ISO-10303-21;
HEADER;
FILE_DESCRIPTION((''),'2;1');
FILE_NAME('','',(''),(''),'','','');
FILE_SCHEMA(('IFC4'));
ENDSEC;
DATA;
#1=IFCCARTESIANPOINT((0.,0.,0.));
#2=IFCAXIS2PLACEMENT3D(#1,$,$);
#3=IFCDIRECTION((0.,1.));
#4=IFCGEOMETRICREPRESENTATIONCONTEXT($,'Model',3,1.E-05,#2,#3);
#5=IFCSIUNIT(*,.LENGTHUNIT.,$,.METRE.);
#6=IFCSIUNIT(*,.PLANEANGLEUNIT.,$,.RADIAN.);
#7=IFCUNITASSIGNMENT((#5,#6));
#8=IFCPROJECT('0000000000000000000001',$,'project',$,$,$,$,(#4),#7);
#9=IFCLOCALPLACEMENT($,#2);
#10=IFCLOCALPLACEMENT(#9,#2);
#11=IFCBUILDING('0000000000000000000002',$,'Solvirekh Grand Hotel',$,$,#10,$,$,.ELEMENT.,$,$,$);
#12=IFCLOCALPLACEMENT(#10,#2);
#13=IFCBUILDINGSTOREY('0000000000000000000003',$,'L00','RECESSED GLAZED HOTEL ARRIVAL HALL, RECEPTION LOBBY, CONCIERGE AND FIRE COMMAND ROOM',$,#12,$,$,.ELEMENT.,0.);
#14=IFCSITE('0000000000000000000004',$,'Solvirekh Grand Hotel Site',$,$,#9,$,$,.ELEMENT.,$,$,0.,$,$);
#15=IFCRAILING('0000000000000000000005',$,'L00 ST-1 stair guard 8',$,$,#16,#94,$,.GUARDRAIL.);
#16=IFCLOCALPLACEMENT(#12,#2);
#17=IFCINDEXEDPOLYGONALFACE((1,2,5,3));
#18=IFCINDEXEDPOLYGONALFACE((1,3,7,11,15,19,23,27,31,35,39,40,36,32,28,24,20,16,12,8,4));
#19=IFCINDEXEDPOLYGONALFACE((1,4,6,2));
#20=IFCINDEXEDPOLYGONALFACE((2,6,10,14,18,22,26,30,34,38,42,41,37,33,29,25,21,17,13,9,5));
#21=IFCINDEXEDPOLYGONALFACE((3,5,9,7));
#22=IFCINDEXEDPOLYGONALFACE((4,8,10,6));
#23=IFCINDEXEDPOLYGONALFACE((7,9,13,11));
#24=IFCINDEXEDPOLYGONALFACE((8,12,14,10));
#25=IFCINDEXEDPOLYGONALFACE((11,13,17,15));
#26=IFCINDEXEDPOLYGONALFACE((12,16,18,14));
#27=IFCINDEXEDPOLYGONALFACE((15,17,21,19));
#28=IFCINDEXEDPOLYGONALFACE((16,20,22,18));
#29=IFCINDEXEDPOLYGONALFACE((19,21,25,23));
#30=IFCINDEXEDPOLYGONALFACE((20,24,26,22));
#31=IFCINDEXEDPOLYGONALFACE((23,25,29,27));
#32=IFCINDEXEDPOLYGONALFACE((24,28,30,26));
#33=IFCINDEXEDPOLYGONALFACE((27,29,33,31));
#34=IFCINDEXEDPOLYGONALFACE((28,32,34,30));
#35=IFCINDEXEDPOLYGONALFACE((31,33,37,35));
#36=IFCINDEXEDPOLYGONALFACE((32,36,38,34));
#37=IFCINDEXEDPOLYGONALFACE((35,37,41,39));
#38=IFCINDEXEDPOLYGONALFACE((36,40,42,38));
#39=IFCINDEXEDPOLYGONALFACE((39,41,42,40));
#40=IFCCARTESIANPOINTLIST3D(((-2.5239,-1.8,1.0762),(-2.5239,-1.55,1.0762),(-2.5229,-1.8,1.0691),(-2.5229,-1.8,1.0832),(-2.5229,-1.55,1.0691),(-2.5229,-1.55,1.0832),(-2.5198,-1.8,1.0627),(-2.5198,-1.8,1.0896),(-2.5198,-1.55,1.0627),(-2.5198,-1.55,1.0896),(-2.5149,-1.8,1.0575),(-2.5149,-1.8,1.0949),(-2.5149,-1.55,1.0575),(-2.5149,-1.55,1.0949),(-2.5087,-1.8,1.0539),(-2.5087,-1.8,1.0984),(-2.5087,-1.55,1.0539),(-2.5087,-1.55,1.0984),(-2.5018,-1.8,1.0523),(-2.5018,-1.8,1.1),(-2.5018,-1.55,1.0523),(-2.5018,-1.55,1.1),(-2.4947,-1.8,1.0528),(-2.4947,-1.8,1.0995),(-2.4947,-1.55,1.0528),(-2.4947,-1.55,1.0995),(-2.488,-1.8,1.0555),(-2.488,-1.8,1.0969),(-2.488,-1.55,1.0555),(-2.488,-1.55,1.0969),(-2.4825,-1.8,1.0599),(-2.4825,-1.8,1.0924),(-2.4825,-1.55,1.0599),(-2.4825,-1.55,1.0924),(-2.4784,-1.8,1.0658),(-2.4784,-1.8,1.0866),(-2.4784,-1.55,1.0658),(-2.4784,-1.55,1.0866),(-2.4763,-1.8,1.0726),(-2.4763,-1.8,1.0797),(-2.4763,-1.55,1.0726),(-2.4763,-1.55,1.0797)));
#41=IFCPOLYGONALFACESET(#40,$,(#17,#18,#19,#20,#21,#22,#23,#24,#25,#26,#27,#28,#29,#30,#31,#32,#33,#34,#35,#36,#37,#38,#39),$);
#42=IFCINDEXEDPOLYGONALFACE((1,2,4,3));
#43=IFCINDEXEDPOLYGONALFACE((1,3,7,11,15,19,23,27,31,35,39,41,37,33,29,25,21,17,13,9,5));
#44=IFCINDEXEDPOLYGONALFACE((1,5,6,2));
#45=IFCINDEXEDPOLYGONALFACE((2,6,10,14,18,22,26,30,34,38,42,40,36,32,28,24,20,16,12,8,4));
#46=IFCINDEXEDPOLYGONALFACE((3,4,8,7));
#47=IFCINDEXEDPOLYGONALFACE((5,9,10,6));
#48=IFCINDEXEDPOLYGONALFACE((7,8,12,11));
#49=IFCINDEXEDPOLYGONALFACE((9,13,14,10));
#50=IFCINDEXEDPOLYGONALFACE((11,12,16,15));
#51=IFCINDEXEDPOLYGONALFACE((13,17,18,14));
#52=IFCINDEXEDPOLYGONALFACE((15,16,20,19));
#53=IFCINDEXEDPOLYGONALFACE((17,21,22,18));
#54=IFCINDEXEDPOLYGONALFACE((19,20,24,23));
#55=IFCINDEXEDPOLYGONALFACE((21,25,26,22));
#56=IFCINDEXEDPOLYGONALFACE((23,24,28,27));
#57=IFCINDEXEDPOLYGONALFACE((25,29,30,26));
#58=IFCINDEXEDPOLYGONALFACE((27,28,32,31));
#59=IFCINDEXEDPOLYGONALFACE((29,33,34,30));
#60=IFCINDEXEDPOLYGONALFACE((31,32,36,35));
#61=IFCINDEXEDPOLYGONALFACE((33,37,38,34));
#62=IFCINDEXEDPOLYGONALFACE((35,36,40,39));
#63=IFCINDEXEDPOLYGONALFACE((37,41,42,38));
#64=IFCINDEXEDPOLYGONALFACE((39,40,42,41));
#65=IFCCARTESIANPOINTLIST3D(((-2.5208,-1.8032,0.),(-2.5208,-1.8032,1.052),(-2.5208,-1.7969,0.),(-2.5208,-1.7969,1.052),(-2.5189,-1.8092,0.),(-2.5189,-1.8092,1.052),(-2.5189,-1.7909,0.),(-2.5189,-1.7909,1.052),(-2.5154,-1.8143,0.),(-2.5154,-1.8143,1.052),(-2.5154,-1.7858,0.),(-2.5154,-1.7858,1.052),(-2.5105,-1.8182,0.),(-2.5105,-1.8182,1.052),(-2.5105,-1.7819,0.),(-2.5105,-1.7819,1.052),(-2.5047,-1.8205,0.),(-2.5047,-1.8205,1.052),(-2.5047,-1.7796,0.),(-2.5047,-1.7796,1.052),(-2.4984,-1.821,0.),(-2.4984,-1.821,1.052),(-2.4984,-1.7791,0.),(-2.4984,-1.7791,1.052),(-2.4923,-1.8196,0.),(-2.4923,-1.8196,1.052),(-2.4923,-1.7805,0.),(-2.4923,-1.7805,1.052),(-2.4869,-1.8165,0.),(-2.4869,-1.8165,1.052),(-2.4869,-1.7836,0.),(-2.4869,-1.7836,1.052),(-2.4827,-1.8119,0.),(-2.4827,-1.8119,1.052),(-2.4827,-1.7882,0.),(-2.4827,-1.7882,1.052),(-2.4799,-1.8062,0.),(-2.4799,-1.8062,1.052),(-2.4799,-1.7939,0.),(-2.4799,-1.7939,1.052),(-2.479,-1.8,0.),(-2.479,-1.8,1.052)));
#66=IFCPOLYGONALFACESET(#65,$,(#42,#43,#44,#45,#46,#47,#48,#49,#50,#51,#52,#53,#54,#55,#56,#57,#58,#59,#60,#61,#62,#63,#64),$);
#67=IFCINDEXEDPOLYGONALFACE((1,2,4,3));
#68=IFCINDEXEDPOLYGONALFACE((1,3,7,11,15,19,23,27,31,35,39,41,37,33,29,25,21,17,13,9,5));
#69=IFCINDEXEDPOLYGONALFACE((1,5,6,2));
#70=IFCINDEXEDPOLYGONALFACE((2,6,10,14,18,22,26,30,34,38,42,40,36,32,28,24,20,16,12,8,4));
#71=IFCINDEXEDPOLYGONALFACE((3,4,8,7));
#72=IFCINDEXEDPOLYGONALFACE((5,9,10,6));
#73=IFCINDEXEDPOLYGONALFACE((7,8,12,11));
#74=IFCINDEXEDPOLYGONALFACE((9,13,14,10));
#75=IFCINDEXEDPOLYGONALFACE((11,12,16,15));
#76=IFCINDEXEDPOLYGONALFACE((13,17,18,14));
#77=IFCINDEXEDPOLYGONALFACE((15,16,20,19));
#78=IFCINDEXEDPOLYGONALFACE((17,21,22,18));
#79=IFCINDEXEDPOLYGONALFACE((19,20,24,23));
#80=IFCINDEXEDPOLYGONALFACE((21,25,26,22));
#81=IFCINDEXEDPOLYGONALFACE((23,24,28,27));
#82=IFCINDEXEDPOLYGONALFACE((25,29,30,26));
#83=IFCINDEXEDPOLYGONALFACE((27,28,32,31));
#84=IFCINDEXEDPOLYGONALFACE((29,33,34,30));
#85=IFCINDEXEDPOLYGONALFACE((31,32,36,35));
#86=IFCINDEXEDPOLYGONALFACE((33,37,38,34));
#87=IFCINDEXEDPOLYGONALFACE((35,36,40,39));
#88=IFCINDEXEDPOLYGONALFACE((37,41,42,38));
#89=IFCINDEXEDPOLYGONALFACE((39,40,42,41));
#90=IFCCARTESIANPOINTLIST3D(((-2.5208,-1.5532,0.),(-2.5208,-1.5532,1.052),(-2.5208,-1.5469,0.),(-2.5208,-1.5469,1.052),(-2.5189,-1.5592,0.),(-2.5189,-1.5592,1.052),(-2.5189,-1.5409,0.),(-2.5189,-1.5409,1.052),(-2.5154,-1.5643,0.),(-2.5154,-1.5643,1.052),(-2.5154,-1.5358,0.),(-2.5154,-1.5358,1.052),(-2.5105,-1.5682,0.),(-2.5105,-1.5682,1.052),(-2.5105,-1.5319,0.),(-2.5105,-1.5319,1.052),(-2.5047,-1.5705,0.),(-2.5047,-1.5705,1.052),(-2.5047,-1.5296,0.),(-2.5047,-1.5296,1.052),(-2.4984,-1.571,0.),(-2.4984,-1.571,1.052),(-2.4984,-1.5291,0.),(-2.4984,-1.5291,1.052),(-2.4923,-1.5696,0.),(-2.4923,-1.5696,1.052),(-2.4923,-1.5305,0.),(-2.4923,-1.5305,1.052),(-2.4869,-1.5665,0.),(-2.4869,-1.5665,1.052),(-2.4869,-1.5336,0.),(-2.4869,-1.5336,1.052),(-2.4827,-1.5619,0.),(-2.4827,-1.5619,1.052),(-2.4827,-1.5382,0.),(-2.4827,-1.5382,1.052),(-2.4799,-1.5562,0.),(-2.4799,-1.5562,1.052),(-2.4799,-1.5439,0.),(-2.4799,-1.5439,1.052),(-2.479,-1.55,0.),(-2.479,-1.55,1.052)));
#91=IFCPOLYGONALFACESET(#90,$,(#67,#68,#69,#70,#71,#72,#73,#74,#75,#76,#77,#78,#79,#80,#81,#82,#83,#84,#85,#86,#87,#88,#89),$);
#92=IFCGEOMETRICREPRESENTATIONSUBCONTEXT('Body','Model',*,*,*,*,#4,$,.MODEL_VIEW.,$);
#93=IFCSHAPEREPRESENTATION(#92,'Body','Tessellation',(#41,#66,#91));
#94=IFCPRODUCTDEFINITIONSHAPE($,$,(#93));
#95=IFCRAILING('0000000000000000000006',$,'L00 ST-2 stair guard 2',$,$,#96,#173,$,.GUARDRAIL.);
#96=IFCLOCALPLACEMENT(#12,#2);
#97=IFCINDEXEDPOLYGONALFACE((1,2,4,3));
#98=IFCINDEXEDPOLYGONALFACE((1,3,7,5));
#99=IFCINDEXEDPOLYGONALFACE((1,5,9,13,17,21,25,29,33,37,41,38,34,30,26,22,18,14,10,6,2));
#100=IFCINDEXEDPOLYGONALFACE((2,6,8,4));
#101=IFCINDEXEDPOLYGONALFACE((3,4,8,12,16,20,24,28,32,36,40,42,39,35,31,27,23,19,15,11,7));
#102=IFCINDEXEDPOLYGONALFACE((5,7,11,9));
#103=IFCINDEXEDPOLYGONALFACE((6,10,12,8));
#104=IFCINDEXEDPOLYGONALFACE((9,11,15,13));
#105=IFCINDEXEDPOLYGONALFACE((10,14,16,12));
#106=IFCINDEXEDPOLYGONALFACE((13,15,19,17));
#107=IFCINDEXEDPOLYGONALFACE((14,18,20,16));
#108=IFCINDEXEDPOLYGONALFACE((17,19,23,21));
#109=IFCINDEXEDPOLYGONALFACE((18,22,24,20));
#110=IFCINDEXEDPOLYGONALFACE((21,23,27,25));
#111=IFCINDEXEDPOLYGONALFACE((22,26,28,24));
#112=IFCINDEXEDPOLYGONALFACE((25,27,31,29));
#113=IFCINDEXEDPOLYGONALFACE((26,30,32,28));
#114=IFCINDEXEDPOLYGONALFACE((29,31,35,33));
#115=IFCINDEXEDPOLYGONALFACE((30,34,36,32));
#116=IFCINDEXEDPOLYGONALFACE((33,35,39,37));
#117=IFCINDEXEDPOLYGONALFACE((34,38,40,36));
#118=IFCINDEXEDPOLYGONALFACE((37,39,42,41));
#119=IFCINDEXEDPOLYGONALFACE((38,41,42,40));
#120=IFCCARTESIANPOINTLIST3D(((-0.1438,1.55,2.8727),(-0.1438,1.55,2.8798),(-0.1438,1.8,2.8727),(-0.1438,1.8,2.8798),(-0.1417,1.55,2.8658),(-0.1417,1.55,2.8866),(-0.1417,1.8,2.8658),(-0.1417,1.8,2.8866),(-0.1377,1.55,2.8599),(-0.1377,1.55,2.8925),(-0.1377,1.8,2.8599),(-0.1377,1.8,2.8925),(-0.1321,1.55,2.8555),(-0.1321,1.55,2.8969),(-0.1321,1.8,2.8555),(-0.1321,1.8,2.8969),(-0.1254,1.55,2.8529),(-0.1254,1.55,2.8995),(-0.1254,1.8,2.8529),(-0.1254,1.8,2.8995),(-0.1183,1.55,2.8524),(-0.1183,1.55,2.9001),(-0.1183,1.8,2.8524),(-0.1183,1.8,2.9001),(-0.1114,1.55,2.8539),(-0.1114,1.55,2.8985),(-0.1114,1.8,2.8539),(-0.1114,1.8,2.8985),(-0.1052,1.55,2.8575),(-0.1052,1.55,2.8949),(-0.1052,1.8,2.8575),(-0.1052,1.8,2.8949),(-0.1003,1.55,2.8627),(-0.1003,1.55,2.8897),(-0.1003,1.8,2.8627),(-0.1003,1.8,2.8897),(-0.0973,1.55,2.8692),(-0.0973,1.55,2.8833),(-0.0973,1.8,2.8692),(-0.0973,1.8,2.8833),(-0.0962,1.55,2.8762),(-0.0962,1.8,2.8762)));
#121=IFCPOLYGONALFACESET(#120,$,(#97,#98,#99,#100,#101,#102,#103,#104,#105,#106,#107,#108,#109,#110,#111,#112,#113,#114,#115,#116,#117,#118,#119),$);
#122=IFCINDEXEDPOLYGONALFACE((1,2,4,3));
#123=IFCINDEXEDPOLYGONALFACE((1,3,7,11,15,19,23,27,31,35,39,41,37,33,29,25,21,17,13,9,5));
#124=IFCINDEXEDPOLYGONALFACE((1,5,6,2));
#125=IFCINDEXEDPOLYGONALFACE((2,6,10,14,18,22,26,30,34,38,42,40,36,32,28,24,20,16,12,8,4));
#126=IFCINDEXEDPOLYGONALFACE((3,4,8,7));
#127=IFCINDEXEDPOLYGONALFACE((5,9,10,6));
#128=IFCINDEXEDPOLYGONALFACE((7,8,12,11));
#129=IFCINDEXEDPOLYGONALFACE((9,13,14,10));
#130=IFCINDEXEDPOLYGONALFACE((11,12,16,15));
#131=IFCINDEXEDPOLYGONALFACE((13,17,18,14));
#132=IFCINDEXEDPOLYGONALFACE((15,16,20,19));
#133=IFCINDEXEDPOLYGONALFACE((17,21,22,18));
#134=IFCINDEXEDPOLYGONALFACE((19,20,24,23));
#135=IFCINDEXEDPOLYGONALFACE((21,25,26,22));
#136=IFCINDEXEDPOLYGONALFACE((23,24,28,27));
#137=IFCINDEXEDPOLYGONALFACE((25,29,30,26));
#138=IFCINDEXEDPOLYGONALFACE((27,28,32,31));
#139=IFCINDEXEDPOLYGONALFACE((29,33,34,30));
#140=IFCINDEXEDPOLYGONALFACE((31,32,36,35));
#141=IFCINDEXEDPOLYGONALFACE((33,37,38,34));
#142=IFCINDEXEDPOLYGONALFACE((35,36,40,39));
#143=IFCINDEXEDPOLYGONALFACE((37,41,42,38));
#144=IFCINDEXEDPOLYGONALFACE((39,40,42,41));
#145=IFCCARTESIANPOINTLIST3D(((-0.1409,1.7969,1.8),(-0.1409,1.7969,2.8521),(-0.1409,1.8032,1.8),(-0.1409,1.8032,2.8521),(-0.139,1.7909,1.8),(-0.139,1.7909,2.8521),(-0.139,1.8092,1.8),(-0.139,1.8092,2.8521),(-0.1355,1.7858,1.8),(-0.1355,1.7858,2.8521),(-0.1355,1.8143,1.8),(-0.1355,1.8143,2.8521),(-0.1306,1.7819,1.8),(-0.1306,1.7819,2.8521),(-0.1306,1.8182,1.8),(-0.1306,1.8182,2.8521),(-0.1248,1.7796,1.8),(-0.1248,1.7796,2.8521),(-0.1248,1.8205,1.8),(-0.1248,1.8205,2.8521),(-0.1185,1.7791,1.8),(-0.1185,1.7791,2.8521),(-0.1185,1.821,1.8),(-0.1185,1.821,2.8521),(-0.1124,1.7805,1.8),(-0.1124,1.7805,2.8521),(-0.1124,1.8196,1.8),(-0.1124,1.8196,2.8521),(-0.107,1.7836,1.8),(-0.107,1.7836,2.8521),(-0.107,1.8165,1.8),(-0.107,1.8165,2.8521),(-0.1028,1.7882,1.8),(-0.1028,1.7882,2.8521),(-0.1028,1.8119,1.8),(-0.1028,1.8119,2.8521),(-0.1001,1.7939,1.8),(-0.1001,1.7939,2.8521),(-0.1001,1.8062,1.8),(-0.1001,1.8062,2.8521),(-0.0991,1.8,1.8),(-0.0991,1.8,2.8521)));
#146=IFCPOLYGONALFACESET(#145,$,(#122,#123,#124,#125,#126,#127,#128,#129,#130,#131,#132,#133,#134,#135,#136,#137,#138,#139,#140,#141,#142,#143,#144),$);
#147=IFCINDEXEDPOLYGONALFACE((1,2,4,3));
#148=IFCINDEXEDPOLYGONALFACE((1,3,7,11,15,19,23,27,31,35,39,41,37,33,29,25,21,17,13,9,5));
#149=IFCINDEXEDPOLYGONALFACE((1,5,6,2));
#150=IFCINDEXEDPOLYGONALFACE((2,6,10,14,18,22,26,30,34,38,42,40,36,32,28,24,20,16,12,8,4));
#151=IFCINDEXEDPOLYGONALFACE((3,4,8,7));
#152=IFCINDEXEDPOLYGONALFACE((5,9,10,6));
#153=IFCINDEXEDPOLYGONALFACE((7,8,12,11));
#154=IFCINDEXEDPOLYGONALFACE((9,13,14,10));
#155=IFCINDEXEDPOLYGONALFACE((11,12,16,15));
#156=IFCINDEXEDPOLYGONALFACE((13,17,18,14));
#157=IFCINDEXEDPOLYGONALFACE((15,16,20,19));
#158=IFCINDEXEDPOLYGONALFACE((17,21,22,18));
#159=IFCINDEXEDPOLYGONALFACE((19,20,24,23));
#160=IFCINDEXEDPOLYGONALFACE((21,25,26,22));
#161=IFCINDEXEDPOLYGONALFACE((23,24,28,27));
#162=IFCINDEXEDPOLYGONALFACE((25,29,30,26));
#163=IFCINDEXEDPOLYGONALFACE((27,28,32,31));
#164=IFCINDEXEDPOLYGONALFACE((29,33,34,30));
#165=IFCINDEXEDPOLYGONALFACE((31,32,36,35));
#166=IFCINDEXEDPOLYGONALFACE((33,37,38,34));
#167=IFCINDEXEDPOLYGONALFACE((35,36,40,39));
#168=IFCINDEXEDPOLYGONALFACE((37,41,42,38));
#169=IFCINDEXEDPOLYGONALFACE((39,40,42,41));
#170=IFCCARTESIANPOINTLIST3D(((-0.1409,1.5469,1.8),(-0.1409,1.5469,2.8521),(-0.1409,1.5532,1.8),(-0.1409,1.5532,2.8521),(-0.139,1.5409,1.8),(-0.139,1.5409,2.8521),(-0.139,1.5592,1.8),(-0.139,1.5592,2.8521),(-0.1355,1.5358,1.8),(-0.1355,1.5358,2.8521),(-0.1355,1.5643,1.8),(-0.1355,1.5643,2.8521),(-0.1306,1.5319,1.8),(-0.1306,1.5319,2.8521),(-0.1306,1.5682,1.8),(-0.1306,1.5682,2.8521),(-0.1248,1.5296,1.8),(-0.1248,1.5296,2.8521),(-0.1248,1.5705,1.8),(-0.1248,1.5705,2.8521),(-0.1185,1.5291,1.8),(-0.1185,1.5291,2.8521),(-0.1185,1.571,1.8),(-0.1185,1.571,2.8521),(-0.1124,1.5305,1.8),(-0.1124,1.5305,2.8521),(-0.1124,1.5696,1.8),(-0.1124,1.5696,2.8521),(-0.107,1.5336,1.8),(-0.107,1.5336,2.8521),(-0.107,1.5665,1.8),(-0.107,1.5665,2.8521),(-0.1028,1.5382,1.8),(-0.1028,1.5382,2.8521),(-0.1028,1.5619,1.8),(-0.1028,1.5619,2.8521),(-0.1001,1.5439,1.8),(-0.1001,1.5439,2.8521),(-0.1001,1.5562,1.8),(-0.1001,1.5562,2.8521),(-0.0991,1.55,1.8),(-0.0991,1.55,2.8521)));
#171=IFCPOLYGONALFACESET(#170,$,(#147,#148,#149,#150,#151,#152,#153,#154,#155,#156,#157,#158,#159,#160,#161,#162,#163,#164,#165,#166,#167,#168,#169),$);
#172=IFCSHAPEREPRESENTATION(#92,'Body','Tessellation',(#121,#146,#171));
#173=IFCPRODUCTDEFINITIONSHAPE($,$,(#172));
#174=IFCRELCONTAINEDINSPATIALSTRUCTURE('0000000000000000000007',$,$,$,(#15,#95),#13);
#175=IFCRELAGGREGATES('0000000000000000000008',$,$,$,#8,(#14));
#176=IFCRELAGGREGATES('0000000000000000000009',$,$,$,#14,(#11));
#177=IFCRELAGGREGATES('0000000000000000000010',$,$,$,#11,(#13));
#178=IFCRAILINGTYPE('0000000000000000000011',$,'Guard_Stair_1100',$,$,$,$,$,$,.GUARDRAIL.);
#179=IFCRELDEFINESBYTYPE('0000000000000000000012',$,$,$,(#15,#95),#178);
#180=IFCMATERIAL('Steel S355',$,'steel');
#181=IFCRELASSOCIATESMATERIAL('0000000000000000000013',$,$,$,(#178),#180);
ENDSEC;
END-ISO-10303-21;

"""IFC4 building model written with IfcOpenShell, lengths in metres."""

from ifc_helpers import new_model, si_unit, direction, frame, origin, origin_2d, place, context, subcontext, project, spatial, circle, extrude, material, type_object, element, save


model = new_model("IFC4")

# Units and contexts
model_context = context("Model", 3, precision=1e-05, world=origin(), true_north=direction((0.0, 1.0)))
body_context = subcontext(model_context, "Body", "Model", "MODEL_VIEW")
ifc_project = project(units=[si_unit("LENGTHUNIT", "METRE"), si_unit("PLANEANGLEUNIT", "RADIAN")], contexts=[model_context])

# Site, building, storey
site_placement = place(None, origin())
site = spatial("IfcSite", under=ifc_project, at=site_placement, Name="Solvirekh Grand Hotel Site", CompositionType="ELEMENT", RefElevation=0.0)
building_placement = place(site_placement, origin())
building = spatial("IfcBuilding", under=site, at=building_placement, Name="Solvirekh Grand Hotel", CompositionType="ELEMENT")
storey_placement = place(building_placement, origin())
storey = spatial("IfcBuildingStorey", under=building, at=storey_placement, Name="L00", Description="RECESSED GLAZED HOTEL ARRIVAL HALL, RECEPTION LOBBY, CONCIERGE AND FIRE COMMAND ROOM", CompositionType="ELEMENT", Elevation=0.0)

# Railings
ifc_material_1 = material(Name="Steel S355", Category="steel")
railing_type_1 = type_object("IfcRailingType", Name="Guard_Stair_1100", PredefinedType="GUARDRAIL", material=ifc_material_1)
railing_1_placement = place(storey_placement, frame((-2.5, -1.8, 0.0)))
element("IfcRailing", 1, at=railing_1_placement, inside=storey, type_object=railing_type_1, Name="L00 ST-1 stair guard 8", PredefinedType="GUARDRAIL", context=body_context, shape_type="SweptSolid", body=[
    extrude(circle(Radius=0.0239, at=origin_2d()), frame((0.0, 0.0, 1.0762), z_axis=(0.0, 1.0, 0.0), x_axis=(-1.0, 0.0, 0.0)), (0.0, 0.0, 1.0), 0.25),
    extrude(circle(Radius=0.021, at=origin_2d()), origin(), (0.0, 0.0, 1.0), 1.052),
    extrude(circle(Radius=0.021, at=origin_2d()), frame((0.0, 0.25, 0.0)), (0.0, 0.0, 1.0), 1.052),
])
railing_2_placement = place(storey_placement, frame((-0.1201, 1.8, 1.8)))
element("IfcRailing", 2, at=railing_2_placement, inside=storey, type_object=railing_type_1, Name="L00 ST-2 stair guard 2", PredefinedType="GUARDRAIL", context=body_context, shape_type="SweptSolid", body=[
    extrude(circle(Radius=0.0239, at=origin_2d()), frame((0.0, 0.0, 1.0762), z_axis=(0.0, -1.0, 0.0), x_axis=(1.0, 0.0, 0.0)), (0.0, 0.0, 1.0), 0.25),
    extrude(circle(Radius=0.021, at=origin_2d()), origin(), (0.0, 0.0, 1.0), 1.052),
    extrude(circle(Radius=0.021, at=origin_2d()), frame((0.0, -0.25, 0.0)), (0.0, 0.0, 1.0), 1.052),
])

save(model, "model.ifc")
